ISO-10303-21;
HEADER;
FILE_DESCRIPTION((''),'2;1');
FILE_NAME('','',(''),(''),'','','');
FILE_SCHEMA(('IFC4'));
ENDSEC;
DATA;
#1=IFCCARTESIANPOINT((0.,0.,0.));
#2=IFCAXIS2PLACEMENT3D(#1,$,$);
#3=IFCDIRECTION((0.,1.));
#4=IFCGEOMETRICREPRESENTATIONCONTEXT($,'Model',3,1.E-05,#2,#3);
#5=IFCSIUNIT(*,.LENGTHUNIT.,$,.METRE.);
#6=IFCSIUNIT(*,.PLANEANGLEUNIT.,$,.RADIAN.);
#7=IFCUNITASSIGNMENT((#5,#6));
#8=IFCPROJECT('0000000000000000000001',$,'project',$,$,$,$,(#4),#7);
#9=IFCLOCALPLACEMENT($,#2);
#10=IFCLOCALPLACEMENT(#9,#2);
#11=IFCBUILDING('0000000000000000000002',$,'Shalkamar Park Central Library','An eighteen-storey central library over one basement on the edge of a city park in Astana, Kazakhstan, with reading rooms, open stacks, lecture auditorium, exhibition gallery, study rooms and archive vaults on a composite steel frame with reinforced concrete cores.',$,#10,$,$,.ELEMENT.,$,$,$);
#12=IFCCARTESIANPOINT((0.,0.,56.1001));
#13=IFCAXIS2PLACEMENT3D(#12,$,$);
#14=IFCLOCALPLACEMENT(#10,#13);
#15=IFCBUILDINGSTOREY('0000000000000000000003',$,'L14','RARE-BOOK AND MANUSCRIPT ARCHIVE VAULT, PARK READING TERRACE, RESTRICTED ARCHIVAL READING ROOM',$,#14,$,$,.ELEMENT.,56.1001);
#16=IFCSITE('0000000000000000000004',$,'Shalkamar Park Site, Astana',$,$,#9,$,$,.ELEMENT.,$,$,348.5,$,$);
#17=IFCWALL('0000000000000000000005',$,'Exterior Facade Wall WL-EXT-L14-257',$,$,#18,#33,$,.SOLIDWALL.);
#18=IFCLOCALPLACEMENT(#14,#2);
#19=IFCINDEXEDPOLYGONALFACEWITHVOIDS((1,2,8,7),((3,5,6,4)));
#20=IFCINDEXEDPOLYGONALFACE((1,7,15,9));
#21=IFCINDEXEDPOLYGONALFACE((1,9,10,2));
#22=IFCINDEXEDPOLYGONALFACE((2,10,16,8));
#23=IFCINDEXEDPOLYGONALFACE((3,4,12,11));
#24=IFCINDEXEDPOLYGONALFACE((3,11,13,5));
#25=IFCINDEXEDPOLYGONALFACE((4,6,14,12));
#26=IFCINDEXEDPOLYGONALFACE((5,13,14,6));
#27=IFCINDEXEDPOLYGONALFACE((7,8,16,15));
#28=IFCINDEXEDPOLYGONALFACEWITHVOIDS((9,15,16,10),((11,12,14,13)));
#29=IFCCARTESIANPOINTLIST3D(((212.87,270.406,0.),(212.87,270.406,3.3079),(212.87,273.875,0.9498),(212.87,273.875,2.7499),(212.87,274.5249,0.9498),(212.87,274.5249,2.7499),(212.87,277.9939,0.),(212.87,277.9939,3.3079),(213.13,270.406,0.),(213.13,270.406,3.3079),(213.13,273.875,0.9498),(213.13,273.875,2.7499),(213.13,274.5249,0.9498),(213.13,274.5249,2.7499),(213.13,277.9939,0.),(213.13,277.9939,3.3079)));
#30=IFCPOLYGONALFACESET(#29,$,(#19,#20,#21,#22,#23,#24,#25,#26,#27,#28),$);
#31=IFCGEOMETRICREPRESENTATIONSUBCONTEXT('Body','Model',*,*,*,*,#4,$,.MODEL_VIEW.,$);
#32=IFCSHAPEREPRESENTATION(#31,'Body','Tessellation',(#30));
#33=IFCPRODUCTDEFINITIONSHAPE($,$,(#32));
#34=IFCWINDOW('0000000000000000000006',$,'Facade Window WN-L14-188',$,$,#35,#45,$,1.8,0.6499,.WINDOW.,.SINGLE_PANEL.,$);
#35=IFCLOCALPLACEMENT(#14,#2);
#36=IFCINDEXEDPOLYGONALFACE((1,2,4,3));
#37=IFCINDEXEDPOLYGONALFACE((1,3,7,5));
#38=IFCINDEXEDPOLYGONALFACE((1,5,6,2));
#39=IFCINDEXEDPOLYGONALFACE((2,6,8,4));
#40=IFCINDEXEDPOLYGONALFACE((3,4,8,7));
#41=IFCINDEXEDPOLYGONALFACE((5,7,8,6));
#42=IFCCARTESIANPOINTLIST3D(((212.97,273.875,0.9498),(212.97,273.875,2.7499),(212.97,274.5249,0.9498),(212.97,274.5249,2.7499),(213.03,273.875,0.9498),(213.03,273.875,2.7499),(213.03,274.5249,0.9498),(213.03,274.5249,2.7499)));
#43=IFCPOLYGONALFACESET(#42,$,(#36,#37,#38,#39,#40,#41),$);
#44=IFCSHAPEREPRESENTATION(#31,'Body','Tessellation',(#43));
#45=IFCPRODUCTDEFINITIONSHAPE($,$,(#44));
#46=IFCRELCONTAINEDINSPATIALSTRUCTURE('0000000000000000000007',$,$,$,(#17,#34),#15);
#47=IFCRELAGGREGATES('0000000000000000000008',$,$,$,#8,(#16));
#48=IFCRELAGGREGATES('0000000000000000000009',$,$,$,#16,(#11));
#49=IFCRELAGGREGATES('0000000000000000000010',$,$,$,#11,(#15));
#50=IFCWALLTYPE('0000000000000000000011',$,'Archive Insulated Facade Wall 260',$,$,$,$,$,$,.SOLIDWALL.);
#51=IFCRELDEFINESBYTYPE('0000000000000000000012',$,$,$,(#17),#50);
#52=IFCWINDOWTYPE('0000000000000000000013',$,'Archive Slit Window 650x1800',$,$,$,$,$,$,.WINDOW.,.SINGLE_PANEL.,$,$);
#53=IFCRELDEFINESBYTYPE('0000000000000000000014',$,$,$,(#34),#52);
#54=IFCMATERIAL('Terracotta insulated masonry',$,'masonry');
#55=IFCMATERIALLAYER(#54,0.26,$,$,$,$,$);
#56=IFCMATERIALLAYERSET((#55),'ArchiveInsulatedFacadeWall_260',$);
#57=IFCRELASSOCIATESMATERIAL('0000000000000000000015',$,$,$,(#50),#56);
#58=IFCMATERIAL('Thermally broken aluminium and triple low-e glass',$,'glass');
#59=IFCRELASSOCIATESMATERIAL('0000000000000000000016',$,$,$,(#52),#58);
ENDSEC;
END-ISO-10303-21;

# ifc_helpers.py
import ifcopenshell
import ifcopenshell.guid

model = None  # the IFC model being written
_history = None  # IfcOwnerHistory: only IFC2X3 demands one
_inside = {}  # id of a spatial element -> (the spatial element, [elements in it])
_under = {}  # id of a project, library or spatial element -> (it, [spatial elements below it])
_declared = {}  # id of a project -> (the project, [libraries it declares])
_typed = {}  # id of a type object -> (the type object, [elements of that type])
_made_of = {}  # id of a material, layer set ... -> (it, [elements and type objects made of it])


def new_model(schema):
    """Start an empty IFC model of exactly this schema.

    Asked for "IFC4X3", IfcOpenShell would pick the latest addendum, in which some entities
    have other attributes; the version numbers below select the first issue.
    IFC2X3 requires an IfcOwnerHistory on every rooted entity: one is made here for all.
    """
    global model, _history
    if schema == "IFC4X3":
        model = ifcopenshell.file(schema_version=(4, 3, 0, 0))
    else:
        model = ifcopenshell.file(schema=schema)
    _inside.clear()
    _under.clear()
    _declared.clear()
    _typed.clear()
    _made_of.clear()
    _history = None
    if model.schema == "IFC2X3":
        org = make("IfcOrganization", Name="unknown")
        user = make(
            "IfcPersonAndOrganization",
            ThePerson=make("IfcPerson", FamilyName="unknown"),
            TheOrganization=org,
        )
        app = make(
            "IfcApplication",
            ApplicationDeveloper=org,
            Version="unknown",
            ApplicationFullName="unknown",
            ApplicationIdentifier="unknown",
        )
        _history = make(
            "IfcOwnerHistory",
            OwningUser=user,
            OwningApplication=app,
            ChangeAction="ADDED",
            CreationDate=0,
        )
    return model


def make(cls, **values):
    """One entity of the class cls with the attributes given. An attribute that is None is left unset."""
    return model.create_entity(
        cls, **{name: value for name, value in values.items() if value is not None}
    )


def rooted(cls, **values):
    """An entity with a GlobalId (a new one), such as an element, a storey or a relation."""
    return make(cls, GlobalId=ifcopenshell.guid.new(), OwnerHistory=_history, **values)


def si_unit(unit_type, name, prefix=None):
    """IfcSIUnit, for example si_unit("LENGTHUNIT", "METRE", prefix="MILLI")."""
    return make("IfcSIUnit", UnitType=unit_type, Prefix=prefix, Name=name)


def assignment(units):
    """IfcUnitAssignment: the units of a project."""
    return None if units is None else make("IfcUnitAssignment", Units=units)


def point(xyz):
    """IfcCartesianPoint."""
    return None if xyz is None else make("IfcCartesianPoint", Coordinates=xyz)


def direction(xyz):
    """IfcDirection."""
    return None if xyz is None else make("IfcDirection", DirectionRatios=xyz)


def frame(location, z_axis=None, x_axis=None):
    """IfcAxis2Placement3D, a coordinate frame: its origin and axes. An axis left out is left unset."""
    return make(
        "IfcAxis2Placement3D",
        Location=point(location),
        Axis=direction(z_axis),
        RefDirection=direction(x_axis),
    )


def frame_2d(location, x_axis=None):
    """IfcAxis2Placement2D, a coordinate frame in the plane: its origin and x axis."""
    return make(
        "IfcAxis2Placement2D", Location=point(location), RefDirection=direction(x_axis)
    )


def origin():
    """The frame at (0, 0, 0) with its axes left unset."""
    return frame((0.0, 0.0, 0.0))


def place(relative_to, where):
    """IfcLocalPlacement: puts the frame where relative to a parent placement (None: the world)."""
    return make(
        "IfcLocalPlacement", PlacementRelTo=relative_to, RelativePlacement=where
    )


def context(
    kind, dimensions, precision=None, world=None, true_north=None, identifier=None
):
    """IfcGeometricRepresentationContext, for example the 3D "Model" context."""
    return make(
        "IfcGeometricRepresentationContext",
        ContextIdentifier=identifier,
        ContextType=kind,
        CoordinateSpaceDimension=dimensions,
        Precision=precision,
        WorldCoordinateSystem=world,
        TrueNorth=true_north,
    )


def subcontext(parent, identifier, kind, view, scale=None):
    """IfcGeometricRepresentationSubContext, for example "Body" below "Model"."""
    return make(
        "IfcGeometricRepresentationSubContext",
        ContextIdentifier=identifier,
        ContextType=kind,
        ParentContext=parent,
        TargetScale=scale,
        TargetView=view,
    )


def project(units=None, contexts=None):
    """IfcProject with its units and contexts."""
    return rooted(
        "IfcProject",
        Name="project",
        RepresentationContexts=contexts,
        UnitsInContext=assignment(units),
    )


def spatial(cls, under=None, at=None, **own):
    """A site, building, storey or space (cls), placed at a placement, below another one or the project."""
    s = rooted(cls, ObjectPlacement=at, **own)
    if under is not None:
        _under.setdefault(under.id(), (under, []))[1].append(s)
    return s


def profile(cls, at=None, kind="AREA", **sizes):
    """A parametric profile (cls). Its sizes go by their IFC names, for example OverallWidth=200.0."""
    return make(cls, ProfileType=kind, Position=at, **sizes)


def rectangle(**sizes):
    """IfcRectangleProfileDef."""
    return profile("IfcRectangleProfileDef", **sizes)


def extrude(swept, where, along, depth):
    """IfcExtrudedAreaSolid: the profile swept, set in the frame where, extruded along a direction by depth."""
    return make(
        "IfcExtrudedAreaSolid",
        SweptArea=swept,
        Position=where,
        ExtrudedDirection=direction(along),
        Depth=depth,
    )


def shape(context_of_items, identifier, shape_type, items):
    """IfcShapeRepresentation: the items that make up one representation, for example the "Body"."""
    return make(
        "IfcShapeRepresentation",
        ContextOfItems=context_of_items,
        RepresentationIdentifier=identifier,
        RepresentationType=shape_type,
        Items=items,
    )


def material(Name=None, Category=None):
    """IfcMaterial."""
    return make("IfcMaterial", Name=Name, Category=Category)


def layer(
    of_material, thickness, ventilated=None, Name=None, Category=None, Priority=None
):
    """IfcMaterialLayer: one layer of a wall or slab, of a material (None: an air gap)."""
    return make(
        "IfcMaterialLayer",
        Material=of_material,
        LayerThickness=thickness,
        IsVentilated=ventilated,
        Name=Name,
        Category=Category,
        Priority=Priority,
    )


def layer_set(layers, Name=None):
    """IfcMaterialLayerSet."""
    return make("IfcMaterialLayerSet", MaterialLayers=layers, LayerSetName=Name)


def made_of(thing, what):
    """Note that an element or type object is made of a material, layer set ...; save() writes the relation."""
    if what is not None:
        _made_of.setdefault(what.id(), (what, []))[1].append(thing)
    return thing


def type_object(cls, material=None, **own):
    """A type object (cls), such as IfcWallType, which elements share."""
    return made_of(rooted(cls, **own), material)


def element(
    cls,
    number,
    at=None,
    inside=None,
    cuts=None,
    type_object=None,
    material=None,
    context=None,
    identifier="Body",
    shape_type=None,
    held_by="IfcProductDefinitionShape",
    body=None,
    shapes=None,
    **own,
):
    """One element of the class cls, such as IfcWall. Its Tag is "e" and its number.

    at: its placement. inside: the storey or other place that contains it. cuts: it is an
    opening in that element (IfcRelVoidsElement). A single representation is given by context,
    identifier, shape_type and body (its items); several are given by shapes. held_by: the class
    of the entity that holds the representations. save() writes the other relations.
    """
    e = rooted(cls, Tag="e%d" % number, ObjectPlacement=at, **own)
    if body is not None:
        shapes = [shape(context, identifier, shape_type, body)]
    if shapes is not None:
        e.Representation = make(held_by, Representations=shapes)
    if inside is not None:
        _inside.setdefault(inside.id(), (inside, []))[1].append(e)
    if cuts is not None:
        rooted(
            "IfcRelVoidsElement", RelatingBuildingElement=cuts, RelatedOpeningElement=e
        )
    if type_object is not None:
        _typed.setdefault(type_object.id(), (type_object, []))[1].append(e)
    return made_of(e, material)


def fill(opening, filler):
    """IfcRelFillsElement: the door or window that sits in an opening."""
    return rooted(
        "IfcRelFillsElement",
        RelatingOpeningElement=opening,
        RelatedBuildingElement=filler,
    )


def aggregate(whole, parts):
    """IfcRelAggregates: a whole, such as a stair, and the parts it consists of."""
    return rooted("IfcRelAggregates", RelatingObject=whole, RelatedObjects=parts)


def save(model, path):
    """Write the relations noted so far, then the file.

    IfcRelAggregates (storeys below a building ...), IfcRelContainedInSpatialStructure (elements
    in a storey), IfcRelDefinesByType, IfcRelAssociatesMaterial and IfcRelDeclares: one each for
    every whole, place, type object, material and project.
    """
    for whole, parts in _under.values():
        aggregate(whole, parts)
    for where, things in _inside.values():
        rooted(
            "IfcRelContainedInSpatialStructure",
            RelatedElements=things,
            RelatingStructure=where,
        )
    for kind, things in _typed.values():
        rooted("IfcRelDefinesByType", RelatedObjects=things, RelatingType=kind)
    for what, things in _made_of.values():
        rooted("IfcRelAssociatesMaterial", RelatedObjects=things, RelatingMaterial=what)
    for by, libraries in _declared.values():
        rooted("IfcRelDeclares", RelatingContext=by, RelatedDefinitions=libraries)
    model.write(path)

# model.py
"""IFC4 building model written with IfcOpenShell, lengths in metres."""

from ifc_helpers import new_model, si_unit, direction, frame, frame_2d, origin, place, context, subcontext, project, spatial, rectangle, extrude, material, layer, layer_set, type_object, element, fill, save


model = new_model("IFC4")

# Units and contexts
model_context = context("Model", 3, precision=1e-05, world=origin(), true_north=direction((0.0, 1.0)))
body_context = subcontext(model_context, "Body", "Model", "MODEL_VIEW")
ifc_project = project(units=[si_unit("LENGTHUNIT", "METRE"), si_unit("PLANEANGLEUNIT", "RADIAN")], contexts=[model_context])

# Site, building, storey
site_placement = place(None, origin())
site = spatial("IfcSite", under=ifc_project, at=site_placement, Name="Shalkamar Park Site, Astana", CompositionType="ELEMENT", RefElevation=348.5)
building_placement = place(site_placement, origin())
building = spatial("IfcBuilding", under=site, at=building_placement, Name="Shalkamar Park Central Library", Description="An eighteen-storey central library over one basement on the edge of a city park in Astana, Kazakhstan, with reading rooms, open stacks, lecture auditorium, exhibition gallery, study rooms and archive vaults on a composite steel frame with reinforced concrete cores.", CompositionType="ELEMENT")
storey_placement = place(building_placement, frame((0.0, 0.0, 56.1001)))
storey = spatial("IfcBuildingStorey", under=building, at=storey_placement, Name="L14", Description="RARE-BOOK AND MANUSCRIPT ARCHIVE VAULT, PARK READING TERRACE, RESTRICTED ARCHIVAL READING ROOM", CompositionType="ELEMENT", Elevation=56.1001)

# Wall, opening, window
ifc_material_1 = material(Name="Terracotta insulated masonry", Category="masonry")
ifc_layer_1 = layer(ifc_material_1, 0.26)
ifc_layer_set_1 = layer_set([ifc_layer_1], Name="ArchiveInsulatedFacadeWall_260")
wall_type = type_object("IfcWallType", Name="Archive Insulated Facade Wall 260", PredefinedType="SOLIDWALL", material=ifc_layer_set_1)
ifc_material_2 = material(Name="Thermally broken aluminium and triple low-e glass", Category="glass")
wall_1_placement = place(storey_placement, frame((213.0, 270.406, 0.0), z_axis=(0.0, 0.0, 1.0), x_axis=(0.0, 1.0, 0.0)))
wall_1 = element("IfcWall", 1, at=wall_1_placement, inside=storey, type_object=wall_type, Name="Exterior Facade Wall WL-EXT-L14-257", PredefinedType="SOLIDWALL", context=body_context, shape_type="SweptSolid", body=[
    extrude(rectangle(XDim=7.5879, YDim=0.26, at=frame_2d((3.7939, 0.0))), origin(), (0.0, 0.0, 1.0), 3.3079),
])
opening_1_placement = place(wall_1_placement, frame((3.469, 0.0, 0.95)))
opening_1 = element("IfcOpeningElement", 2, at=opening_1_placement, cuts=wall_1, PredefinedType="OPENING", context=body_context, shape_type="SweptSolid", body=[
    extrude(rectangle(XDim=0.6499, YDim=1.8, at=frame_2d((0.325, 0.8999))), frame((0.0, 0.145, 0.0), z_axis=(0.0, -1.0, 0.0), x_axis=(1.0, 0.0, 0.0)), (0.0, 0.0, 1.0), 0.2898),
])
window_type_1 = type_object("IfcWindowType", Name="Archive Slit Window 650x1800", PartitioningType="SINGLE_PANEL", PredefinedType="WINDOW", material=ifc_material_2)
window_1_placement = place(opening_1_placement, origin())
window_1 = element("IfcWindow", 3, at=window_1_placement, inside=storey, type_object=window_type_1, Name="Facade Window WN-L14-188", OverallHeight=1.8, OverallWidth=0.6499, PartitioningType="SINGLE_PANEL", PredefinedType="WINDOW", context=body_context, shape_type="SweptSolid", body=[
    extrude(rectangle(XDim=0.6499, YDim=1.8, at=frame_2d((0.325, 0.8999))), frame((0.0, 0.03, 0.0), z_axis=(0.0, -1.0, 0.0), x_axis=(1.0, 0.0, 0.0)), (0.0, 0.0, 1.0), 0.0601),
])
fill(opening_1, window_1)

save(model, "model.ifc")
